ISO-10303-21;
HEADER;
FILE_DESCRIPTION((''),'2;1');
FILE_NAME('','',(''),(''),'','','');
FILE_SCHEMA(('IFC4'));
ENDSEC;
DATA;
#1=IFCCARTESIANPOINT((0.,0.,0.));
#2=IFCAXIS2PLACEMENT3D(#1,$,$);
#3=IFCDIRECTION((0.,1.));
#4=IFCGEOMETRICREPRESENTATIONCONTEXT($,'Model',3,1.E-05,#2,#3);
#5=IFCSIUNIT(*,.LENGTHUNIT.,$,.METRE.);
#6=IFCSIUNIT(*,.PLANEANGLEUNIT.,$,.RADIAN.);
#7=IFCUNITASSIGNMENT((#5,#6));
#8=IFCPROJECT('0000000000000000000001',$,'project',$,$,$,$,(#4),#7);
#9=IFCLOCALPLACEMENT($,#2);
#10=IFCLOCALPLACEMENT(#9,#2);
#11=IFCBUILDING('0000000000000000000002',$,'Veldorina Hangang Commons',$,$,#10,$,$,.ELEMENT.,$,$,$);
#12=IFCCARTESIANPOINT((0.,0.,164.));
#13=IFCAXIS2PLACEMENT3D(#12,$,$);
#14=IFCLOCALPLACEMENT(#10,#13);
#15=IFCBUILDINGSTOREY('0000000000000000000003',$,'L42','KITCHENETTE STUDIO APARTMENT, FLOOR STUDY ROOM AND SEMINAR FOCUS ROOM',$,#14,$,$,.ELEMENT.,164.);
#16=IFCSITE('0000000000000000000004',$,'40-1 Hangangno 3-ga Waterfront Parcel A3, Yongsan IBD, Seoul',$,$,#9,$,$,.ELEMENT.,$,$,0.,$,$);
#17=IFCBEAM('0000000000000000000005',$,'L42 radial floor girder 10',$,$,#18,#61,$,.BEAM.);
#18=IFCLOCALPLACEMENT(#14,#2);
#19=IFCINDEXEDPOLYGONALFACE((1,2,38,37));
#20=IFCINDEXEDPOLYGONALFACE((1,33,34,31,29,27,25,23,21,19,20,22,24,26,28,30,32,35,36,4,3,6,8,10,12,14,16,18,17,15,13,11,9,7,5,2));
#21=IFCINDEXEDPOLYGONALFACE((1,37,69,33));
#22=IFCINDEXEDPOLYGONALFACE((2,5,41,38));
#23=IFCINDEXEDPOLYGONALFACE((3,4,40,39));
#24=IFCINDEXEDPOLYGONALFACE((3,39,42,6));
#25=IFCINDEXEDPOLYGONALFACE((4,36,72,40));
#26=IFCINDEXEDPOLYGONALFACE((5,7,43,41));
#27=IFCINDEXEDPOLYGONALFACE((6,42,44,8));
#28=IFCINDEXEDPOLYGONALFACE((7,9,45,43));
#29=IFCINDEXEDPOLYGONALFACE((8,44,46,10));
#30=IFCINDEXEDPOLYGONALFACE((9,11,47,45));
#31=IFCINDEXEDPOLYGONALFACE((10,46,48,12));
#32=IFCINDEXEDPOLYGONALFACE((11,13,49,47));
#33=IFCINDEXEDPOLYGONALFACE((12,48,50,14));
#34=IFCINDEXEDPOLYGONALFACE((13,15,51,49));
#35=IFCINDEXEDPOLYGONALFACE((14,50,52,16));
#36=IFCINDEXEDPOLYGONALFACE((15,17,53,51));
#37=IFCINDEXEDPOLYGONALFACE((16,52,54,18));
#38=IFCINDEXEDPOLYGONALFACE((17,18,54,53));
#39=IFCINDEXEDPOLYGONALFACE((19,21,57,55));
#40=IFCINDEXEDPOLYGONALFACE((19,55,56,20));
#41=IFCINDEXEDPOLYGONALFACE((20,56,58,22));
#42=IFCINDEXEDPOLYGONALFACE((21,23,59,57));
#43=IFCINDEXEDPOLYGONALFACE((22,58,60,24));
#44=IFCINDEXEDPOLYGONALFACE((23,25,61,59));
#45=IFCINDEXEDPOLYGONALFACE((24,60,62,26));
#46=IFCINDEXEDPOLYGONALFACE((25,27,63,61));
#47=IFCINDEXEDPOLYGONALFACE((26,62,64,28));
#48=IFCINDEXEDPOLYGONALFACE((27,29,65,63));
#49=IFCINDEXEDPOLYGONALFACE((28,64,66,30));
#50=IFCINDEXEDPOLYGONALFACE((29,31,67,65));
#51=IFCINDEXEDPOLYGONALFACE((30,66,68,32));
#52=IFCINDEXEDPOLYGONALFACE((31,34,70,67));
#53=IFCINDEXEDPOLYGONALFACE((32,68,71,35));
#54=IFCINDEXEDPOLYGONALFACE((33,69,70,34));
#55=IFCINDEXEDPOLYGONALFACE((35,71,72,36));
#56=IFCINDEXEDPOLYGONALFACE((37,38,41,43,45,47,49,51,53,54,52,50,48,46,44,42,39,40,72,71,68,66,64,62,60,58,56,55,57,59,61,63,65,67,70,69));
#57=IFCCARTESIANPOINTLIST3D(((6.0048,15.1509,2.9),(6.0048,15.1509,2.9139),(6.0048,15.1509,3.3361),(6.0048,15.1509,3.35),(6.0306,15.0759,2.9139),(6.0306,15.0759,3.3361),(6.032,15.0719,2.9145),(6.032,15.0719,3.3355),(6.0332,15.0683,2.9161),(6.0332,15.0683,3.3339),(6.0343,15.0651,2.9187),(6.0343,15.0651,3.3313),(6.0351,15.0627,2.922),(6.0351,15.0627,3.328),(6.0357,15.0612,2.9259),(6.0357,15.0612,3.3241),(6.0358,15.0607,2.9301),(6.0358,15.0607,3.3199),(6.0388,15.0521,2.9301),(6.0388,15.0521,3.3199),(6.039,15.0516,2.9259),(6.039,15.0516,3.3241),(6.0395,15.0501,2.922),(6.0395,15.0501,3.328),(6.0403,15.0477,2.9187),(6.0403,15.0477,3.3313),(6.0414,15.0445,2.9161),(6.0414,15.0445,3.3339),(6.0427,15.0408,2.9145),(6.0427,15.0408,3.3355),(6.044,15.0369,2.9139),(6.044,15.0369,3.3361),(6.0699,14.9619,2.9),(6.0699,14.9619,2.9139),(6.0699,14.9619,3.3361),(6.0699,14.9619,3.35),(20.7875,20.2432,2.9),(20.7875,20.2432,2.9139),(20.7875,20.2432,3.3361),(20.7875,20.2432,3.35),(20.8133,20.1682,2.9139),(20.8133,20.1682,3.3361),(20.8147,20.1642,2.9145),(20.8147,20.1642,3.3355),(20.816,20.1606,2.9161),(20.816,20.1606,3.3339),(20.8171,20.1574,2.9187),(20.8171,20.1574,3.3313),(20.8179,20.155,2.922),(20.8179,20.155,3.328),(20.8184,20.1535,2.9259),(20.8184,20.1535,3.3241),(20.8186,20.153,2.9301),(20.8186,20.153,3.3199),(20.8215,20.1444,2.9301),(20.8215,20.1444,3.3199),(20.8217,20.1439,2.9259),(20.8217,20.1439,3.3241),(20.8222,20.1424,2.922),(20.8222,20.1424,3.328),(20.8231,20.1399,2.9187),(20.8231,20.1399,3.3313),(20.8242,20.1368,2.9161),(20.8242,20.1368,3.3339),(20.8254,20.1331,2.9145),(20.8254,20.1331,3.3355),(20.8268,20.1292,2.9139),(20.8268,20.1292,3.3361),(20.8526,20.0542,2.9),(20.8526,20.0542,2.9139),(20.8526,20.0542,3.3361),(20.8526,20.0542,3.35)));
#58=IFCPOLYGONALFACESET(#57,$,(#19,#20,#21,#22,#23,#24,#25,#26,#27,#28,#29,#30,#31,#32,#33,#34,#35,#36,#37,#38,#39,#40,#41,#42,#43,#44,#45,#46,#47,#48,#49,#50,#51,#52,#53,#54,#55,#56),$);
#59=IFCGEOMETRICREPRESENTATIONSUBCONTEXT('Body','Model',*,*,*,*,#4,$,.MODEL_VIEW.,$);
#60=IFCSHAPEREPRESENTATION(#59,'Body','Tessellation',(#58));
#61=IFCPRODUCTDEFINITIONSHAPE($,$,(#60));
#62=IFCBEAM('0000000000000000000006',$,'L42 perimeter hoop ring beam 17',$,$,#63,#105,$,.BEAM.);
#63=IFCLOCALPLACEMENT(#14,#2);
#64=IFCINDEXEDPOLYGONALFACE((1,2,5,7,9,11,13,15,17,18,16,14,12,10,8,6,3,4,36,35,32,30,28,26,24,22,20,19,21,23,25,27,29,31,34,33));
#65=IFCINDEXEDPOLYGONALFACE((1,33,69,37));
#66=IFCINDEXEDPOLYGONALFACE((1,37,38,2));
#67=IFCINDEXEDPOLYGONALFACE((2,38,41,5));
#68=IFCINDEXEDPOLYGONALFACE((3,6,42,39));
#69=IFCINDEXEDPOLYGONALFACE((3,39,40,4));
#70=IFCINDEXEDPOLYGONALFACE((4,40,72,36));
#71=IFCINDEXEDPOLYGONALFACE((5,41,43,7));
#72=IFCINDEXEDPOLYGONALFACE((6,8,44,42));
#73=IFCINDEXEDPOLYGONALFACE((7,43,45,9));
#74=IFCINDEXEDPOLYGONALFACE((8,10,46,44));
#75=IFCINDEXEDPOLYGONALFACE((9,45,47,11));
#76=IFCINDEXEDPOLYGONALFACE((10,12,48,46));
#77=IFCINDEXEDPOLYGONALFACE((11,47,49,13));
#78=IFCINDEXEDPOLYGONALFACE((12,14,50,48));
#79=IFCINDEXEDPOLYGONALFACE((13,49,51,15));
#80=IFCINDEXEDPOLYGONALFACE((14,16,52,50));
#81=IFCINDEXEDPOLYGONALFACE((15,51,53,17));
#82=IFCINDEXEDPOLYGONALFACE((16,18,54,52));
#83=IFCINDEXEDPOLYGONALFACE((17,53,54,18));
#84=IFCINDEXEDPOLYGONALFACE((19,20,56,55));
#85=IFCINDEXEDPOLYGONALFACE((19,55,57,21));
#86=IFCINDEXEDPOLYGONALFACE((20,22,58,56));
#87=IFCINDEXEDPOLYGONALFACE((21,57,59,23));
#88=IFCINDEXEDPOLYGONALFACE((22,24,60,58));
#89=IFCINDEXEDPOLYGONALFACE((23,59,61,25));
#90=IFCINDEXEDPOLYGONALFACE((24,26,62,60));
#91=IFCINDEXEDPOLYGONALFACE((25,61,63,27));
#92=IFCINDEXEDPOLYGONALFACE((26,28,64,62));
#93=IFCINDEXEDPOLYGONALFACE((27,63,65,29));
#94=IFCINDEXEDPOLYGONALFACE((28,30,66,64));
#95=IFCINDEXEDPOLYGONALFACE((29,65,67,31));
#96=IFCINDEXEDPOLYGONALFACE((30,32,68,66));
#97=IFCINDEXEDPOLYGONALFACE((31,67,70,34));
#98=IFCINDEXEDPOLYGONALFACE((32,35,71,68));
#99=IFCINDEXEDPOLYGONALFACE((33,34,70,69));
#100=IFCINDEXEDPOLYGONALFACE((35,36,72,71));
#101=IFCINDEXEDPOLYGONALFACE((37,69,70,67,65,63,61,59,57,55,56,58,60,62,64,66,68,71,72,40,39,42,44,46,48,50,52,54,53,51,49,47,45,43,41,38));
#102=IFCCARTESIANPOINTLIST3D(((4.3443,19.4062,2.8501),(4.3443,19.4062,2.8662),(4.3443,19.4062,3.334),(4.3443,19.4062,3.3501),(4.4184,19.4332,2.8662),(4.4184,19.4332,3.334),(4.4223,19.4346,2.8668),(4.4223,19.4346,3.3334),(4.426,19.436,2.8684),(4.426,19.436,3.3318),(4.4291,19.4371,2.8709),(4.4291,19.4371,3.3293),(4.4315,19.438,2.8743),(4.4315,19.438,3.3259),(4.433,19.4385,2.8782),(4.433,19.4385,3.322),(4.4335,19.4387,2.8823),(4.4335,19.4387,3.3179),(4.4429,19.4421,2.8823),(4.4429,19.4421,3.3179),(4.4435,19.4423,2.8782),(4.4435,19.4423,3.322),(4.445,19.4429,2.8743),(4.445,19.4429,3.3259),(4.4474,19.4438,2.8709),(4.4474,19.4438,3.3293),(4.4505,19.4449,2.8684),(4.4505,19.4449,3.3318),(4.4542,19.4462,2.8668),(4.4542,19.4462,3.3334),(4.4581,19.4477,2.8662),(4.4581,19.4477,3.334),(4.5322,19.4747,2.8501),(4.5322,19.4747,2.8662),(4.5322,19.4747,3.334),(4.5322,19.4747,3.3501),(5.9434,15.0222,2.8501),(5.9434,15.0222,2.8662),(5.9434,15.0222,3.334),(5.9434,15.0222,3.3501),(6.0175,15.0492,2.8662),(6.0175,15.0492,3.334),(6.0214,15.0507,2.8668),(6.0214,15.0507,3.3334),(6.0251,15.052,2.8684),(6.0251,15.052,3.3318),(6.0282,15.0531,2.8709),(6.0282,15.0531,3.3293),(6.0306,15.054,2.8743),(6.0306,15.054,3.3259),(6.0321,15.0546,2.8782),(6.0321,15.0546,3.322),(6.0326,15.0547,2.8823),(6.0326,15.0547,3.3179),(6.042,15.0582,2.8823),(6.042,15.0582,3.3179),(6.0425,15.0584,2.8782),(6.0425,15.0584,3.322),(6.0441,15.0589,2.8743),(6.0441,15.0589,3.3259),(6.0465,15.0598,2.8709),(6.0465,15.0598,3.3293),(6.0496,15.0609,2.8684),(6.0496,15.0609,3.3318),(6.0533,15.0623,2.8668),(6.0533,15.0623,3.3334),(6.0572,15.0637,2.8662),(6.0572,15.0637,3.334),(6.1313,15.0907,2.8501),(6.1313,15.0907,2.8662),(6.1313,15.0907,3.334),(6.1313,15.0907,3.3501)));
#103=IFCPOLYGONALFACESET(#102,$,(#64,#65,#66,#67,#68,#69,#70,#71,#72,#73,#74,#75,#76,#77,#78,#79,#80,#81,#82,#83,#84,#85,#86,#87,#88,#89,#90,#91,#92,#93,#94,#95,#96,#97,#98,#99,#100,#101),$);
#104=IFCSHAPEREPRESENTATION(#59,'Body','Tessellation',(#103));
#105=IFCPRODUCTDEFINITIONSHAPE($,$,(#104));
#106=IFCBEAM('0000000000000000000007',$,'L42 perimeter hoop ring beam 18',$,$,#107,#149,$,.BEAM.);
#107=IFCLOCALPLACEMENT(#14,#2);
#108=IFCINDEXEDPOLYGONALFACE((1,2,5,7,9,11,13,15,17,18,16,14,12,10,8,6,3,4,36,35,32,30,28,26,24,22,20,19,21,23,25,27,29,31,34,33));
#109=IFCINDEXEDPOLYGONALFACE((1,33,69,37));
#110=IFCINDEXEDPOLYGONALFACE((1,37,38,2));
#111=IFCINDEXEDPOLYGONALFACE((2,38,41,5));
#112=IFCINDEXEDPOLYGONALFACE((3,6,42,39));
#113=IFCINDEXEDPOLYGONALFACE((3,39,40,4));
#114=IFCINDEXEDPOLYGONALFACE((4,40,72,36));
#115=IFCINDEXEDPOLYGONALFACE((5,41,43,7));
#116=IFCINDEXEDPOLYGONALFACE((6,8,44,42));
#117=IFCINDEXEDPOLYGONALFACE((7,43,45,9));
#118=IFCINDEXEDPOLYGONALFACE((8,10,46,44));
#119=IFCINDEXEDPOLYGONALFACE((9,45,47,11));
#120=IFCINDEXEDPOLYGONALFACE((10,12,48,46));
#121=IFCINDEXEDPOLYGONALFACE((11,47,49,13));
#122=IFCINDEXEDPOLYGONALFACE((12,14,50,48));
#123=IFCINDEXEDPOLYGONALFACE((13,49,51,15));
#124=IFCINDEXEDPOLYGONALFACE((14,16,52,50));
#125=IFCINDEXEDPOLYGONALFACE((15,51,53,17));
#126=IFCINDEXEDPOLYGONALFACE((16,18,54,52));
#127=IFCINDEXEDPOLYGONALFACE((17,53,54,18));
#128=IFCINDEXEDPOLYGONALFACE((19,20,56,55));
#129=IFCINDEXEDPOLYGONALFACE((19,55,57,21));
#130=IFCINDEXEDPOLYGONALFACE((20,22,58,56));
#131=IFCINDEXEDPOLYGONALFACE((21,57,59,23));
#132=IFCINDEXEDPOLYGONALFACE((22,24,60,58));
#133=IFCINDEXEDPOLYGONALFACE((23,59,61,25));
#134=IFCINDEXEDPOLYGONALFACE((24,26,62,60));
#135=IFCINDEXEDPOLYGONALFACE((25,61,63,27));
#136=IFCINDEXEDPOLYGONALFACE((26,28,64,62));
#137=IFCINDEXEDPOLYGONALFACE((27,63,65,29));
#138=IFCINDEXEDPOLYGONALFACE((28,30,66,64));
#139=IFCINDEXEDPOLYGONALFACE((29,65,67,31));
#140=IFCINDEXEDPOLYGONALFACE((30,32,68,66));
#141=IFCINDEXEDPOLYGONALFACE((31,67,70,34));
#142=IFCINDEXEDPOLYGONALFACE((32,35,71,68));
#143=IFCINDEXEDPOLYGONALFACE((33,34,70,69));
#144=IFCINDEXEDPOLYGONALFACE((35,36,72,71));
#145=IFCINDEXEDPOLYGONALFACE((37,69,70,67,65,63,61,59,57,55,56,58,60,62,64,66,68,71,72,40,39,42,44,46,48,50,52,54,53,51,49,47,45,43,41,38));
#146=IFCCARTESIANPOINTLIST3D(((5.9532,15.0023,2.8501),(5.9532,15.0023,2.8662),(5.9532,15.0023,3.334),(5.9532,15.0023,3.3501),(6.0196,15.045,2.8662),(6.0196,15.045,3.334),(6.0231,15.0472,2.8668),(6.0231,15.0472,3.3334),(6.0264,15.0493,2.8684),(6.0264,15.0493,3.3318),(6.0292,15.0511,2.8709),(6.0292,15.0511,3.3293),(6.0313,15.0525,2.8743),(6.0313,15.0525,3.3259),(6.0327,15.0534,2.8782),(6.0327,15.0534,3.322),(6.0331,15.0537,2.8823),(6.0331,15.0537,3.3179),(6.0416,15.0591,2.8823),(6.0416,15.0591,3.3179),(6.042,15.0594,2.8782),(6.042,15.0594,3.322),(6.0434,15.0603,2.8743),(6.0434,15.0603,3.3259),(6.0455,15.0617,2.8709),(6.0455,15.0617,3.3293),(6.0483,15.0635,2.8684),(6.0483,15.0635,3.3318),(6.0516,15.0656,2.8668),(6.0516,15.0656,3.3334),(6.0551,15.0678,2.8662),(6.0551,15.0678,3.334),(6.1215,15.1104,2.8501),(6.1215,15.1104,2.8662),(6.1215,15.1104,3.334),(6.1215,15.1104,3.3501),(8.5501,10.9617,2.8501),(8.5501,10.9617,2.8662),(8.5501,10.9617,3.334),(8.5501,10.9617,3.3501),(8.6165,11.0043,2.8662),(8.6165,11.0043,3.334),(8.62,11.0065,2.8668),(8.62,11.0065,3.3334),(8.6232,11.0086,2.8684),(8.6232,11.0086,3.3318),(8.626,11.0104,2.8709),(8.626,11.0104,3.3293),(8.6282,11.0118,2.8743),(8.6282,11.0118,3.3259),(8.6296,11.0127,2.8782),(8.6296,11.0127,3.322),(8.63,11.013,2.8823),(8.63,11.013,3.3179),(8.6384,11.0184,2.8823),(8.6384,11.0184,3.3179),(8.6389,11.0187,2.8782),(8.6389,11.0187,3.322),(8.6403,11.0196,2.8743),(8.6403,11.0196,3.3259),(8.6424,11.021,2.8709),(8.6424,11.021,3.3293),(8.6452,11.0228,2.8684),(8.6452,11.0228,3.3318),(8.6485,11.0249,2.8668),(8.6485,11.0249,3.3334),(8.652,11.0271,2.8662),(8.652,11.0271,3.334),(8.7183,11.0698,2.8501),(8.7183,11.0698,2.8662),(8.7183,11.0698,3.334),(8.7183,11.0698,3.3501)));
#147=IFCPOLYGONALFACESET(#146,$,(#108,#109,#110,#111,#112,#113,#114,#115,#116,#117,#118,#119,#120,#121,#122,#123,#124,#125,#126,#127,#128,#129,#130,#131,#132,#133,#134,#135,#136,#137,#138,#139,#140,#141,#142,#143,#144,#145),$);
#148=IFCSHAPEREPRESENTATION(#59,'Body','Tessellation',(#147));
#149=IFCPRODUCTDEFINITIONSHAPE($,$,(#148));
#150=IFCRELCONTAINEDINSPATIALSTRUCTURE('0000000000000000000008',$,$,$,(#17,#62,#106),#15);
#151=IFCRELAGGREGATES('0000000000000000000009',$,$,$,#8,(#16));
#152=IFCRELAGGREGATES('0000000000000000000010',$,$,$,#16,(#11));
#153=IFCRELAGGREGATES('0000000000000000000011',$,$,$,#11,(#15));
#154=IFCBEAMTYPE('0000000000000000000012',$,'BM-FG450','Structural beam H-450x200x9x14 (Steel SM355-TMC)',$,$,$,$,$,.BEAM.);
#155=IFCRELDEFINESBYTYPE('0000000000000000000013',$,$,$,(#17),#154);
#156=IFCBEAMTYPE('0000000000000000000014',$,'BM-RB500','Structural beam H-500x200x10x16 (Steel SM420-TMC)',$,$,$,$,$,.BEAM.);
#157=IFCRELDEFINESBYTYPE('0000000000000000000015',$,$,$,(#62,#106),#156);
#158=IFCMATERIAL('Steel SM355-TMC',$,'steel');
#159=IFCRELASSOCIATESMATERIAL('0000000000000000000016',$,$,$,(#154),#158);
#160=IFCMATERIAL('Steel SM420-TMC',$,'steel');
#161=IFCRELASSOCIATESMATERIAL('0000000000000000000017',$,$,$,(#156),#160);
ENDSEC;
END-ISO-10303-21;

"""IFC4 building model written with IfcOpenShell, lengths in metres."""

from ifc_helpers import new_model, si_unit, direction, frame, origin, origin_2d, place, context, subcontext, project, spatial, i_section, extrude, material, material_profile, profile_set, type_object, element, save


model = new_model("IFC4")

# Units and contexts
model_context = context("Model", 3, precision=1e-05, world=origin(), true_north=direction((0.0, 1.0)))
body_context = subcontext(model_context, "Body", "Model", "MODEL_VIEW")
ifc_project = project(units=[si_unit("LENGTHUNIT", "METRE"), si_unit("PLANEANGLEUNIT", "RADIAN")], contexts=[model_context])

# Site, building, storey
site_placement = place(None, origin())
site = spatial("IfcSite", under=ifc_project, at=site_placement, Name="40-1 Hangangno 3-ga Waterfront Parcel A3, Yongsan IBD, Seoul", CompositionType="ELEMENT", RefElevation=0.0)
building_placement = place(site_placement, origin())
building = spatial("IfcBuilding", under=site, at=building_placement, Name="Veldorina Hangang Commons", CompositionType="ELEMENT")
storey_placement = place(building_placement, frame((0.0, 0.0, 164.0)))
storey = spatial("IfcBuildingStorey", under=building, at=storey_placement, Name="L42", Description="KITCHENETTE STUDIO APARTMENT, FLOOR STUDY ROOM AND SEMINAR FOCUS ROOM", CompositionType="ELEMENT", Elevation=164.0)

# Beams
ifc_material_1 = material(Name="Steel SM355-TMC", Category="steel")
ifc_material_profile_1 = material_profile(ifc_material_1, i_section(OverallWidth=0.2, OverallDepth=0.45, WebThickness=0.009, FlangeThickness=0.0139, FilletRadius=0.0161, at=origin_2d()), Name="H-450x200x9x14")
ifc_profile_set_1 = profile_set([ifc_material_profile_1], Name="Steel SM355-TMC")
beam_type_1 = type_object("IfcBeamType", Name="BM-FG450", Description="Structural beam H-450x200x9x14 (Steel SM355-TMC)", PredefinedType="BEAM", material=ifc_profile_set_1)
beam_1_placement = place(storey_placement, frame((20.8201, 20.1487, 3.125), z_axis=(-0.945475, -0.325693, 0.0), x_axis=(0.325693, -0.945475, 0.0)))
element("IfcBeam", 1, at=beam_1_placement, inside=storey, type_object=beam_type_1, Name="L42 radial floor girder 10", PredefinedType="BEAM", context=body_context, shape_type="SweptSolid", body=[
    extrude(i_section(OverallWidth=0.2, OverallDepth=0.45, WebThickness=0.009, FlangeThickness=0.0139, FilletRadius=0.0161, at=origin_2d()), origin(), (0.0, 0.0, 1.0), 15.6353),
])
ifc_material_2 = material(Name="Steel SM420-TMC", Category="steel")
ifc_material_profile_2 = material_profile(ifc_material_2, i_section(OverallWidth=0.2, OverallDepth=0.5, WebThickness=0.01, FlangeThickness=0.0161, FilletRadius=0.0161, at=origin_2d()), Name="H-500x200x10x16")
ifc_profile_set_2 = profile_set([ifc_material_profile_2], Name="Steel SM420-TMC")
beam_type_2 = type_object("IfcBeamType", Name="BM-RB500", Description="Structural beam H-500x200x10x16 (Steel SM420-TMC)", PredefinedType="BEAM", material=ifc_profile_set_2)
beam_2_placement = place(storey_placement, frame((4.4382, 19.4404, 3.1001), z_axis=(0.342675, -0.939454, 0.0), x_axis=(0.939454, 0.342675, 0.0)))
element("IfcBeam", 2, at=beam_2_placement, inside=storey, type_object=beam_type_2, Name="L42 perimeter hoop ring beam 17", PredefinedType="BEAM", context=body_context, shape_type="SweptSolid", body=[
    extrude(i_section(OverallWidth=0.2, OverallDepth=0.5, WebThickness=0.01, FlangeThickness=0.0161, FilletRadius=0.0161, at=origin_2d()), origin(), (0.0, 0.0, 1.0), 4.6665),
])
beam_3_placement = place(storey_placement, frame((6.0374, 15.0564, 3.1001), z_axis=(0.540652, -0.841246, 0.0), x_axis=(0.841246, 0.540652, 0.0)))
element("IfcBeam", 3, at=beam_3_placement, inside=storey, type_object=beam_type_2, Name="L42 perimeter hoop ring beam 18", PredefinedType="BEAM", context=body_context, shape_type="SweptSolid", body=[
    extrude(i_section(OverallWidth=0.2, OverallDepth=0.5, WebThickness=0.01, FlangeThickness=0.0161, FilletRadius=0.0161, at=origin_2d()), origin(), (0.0, 0.0, 1.0), 4.8032),
])

save(model, "model.ifc")
